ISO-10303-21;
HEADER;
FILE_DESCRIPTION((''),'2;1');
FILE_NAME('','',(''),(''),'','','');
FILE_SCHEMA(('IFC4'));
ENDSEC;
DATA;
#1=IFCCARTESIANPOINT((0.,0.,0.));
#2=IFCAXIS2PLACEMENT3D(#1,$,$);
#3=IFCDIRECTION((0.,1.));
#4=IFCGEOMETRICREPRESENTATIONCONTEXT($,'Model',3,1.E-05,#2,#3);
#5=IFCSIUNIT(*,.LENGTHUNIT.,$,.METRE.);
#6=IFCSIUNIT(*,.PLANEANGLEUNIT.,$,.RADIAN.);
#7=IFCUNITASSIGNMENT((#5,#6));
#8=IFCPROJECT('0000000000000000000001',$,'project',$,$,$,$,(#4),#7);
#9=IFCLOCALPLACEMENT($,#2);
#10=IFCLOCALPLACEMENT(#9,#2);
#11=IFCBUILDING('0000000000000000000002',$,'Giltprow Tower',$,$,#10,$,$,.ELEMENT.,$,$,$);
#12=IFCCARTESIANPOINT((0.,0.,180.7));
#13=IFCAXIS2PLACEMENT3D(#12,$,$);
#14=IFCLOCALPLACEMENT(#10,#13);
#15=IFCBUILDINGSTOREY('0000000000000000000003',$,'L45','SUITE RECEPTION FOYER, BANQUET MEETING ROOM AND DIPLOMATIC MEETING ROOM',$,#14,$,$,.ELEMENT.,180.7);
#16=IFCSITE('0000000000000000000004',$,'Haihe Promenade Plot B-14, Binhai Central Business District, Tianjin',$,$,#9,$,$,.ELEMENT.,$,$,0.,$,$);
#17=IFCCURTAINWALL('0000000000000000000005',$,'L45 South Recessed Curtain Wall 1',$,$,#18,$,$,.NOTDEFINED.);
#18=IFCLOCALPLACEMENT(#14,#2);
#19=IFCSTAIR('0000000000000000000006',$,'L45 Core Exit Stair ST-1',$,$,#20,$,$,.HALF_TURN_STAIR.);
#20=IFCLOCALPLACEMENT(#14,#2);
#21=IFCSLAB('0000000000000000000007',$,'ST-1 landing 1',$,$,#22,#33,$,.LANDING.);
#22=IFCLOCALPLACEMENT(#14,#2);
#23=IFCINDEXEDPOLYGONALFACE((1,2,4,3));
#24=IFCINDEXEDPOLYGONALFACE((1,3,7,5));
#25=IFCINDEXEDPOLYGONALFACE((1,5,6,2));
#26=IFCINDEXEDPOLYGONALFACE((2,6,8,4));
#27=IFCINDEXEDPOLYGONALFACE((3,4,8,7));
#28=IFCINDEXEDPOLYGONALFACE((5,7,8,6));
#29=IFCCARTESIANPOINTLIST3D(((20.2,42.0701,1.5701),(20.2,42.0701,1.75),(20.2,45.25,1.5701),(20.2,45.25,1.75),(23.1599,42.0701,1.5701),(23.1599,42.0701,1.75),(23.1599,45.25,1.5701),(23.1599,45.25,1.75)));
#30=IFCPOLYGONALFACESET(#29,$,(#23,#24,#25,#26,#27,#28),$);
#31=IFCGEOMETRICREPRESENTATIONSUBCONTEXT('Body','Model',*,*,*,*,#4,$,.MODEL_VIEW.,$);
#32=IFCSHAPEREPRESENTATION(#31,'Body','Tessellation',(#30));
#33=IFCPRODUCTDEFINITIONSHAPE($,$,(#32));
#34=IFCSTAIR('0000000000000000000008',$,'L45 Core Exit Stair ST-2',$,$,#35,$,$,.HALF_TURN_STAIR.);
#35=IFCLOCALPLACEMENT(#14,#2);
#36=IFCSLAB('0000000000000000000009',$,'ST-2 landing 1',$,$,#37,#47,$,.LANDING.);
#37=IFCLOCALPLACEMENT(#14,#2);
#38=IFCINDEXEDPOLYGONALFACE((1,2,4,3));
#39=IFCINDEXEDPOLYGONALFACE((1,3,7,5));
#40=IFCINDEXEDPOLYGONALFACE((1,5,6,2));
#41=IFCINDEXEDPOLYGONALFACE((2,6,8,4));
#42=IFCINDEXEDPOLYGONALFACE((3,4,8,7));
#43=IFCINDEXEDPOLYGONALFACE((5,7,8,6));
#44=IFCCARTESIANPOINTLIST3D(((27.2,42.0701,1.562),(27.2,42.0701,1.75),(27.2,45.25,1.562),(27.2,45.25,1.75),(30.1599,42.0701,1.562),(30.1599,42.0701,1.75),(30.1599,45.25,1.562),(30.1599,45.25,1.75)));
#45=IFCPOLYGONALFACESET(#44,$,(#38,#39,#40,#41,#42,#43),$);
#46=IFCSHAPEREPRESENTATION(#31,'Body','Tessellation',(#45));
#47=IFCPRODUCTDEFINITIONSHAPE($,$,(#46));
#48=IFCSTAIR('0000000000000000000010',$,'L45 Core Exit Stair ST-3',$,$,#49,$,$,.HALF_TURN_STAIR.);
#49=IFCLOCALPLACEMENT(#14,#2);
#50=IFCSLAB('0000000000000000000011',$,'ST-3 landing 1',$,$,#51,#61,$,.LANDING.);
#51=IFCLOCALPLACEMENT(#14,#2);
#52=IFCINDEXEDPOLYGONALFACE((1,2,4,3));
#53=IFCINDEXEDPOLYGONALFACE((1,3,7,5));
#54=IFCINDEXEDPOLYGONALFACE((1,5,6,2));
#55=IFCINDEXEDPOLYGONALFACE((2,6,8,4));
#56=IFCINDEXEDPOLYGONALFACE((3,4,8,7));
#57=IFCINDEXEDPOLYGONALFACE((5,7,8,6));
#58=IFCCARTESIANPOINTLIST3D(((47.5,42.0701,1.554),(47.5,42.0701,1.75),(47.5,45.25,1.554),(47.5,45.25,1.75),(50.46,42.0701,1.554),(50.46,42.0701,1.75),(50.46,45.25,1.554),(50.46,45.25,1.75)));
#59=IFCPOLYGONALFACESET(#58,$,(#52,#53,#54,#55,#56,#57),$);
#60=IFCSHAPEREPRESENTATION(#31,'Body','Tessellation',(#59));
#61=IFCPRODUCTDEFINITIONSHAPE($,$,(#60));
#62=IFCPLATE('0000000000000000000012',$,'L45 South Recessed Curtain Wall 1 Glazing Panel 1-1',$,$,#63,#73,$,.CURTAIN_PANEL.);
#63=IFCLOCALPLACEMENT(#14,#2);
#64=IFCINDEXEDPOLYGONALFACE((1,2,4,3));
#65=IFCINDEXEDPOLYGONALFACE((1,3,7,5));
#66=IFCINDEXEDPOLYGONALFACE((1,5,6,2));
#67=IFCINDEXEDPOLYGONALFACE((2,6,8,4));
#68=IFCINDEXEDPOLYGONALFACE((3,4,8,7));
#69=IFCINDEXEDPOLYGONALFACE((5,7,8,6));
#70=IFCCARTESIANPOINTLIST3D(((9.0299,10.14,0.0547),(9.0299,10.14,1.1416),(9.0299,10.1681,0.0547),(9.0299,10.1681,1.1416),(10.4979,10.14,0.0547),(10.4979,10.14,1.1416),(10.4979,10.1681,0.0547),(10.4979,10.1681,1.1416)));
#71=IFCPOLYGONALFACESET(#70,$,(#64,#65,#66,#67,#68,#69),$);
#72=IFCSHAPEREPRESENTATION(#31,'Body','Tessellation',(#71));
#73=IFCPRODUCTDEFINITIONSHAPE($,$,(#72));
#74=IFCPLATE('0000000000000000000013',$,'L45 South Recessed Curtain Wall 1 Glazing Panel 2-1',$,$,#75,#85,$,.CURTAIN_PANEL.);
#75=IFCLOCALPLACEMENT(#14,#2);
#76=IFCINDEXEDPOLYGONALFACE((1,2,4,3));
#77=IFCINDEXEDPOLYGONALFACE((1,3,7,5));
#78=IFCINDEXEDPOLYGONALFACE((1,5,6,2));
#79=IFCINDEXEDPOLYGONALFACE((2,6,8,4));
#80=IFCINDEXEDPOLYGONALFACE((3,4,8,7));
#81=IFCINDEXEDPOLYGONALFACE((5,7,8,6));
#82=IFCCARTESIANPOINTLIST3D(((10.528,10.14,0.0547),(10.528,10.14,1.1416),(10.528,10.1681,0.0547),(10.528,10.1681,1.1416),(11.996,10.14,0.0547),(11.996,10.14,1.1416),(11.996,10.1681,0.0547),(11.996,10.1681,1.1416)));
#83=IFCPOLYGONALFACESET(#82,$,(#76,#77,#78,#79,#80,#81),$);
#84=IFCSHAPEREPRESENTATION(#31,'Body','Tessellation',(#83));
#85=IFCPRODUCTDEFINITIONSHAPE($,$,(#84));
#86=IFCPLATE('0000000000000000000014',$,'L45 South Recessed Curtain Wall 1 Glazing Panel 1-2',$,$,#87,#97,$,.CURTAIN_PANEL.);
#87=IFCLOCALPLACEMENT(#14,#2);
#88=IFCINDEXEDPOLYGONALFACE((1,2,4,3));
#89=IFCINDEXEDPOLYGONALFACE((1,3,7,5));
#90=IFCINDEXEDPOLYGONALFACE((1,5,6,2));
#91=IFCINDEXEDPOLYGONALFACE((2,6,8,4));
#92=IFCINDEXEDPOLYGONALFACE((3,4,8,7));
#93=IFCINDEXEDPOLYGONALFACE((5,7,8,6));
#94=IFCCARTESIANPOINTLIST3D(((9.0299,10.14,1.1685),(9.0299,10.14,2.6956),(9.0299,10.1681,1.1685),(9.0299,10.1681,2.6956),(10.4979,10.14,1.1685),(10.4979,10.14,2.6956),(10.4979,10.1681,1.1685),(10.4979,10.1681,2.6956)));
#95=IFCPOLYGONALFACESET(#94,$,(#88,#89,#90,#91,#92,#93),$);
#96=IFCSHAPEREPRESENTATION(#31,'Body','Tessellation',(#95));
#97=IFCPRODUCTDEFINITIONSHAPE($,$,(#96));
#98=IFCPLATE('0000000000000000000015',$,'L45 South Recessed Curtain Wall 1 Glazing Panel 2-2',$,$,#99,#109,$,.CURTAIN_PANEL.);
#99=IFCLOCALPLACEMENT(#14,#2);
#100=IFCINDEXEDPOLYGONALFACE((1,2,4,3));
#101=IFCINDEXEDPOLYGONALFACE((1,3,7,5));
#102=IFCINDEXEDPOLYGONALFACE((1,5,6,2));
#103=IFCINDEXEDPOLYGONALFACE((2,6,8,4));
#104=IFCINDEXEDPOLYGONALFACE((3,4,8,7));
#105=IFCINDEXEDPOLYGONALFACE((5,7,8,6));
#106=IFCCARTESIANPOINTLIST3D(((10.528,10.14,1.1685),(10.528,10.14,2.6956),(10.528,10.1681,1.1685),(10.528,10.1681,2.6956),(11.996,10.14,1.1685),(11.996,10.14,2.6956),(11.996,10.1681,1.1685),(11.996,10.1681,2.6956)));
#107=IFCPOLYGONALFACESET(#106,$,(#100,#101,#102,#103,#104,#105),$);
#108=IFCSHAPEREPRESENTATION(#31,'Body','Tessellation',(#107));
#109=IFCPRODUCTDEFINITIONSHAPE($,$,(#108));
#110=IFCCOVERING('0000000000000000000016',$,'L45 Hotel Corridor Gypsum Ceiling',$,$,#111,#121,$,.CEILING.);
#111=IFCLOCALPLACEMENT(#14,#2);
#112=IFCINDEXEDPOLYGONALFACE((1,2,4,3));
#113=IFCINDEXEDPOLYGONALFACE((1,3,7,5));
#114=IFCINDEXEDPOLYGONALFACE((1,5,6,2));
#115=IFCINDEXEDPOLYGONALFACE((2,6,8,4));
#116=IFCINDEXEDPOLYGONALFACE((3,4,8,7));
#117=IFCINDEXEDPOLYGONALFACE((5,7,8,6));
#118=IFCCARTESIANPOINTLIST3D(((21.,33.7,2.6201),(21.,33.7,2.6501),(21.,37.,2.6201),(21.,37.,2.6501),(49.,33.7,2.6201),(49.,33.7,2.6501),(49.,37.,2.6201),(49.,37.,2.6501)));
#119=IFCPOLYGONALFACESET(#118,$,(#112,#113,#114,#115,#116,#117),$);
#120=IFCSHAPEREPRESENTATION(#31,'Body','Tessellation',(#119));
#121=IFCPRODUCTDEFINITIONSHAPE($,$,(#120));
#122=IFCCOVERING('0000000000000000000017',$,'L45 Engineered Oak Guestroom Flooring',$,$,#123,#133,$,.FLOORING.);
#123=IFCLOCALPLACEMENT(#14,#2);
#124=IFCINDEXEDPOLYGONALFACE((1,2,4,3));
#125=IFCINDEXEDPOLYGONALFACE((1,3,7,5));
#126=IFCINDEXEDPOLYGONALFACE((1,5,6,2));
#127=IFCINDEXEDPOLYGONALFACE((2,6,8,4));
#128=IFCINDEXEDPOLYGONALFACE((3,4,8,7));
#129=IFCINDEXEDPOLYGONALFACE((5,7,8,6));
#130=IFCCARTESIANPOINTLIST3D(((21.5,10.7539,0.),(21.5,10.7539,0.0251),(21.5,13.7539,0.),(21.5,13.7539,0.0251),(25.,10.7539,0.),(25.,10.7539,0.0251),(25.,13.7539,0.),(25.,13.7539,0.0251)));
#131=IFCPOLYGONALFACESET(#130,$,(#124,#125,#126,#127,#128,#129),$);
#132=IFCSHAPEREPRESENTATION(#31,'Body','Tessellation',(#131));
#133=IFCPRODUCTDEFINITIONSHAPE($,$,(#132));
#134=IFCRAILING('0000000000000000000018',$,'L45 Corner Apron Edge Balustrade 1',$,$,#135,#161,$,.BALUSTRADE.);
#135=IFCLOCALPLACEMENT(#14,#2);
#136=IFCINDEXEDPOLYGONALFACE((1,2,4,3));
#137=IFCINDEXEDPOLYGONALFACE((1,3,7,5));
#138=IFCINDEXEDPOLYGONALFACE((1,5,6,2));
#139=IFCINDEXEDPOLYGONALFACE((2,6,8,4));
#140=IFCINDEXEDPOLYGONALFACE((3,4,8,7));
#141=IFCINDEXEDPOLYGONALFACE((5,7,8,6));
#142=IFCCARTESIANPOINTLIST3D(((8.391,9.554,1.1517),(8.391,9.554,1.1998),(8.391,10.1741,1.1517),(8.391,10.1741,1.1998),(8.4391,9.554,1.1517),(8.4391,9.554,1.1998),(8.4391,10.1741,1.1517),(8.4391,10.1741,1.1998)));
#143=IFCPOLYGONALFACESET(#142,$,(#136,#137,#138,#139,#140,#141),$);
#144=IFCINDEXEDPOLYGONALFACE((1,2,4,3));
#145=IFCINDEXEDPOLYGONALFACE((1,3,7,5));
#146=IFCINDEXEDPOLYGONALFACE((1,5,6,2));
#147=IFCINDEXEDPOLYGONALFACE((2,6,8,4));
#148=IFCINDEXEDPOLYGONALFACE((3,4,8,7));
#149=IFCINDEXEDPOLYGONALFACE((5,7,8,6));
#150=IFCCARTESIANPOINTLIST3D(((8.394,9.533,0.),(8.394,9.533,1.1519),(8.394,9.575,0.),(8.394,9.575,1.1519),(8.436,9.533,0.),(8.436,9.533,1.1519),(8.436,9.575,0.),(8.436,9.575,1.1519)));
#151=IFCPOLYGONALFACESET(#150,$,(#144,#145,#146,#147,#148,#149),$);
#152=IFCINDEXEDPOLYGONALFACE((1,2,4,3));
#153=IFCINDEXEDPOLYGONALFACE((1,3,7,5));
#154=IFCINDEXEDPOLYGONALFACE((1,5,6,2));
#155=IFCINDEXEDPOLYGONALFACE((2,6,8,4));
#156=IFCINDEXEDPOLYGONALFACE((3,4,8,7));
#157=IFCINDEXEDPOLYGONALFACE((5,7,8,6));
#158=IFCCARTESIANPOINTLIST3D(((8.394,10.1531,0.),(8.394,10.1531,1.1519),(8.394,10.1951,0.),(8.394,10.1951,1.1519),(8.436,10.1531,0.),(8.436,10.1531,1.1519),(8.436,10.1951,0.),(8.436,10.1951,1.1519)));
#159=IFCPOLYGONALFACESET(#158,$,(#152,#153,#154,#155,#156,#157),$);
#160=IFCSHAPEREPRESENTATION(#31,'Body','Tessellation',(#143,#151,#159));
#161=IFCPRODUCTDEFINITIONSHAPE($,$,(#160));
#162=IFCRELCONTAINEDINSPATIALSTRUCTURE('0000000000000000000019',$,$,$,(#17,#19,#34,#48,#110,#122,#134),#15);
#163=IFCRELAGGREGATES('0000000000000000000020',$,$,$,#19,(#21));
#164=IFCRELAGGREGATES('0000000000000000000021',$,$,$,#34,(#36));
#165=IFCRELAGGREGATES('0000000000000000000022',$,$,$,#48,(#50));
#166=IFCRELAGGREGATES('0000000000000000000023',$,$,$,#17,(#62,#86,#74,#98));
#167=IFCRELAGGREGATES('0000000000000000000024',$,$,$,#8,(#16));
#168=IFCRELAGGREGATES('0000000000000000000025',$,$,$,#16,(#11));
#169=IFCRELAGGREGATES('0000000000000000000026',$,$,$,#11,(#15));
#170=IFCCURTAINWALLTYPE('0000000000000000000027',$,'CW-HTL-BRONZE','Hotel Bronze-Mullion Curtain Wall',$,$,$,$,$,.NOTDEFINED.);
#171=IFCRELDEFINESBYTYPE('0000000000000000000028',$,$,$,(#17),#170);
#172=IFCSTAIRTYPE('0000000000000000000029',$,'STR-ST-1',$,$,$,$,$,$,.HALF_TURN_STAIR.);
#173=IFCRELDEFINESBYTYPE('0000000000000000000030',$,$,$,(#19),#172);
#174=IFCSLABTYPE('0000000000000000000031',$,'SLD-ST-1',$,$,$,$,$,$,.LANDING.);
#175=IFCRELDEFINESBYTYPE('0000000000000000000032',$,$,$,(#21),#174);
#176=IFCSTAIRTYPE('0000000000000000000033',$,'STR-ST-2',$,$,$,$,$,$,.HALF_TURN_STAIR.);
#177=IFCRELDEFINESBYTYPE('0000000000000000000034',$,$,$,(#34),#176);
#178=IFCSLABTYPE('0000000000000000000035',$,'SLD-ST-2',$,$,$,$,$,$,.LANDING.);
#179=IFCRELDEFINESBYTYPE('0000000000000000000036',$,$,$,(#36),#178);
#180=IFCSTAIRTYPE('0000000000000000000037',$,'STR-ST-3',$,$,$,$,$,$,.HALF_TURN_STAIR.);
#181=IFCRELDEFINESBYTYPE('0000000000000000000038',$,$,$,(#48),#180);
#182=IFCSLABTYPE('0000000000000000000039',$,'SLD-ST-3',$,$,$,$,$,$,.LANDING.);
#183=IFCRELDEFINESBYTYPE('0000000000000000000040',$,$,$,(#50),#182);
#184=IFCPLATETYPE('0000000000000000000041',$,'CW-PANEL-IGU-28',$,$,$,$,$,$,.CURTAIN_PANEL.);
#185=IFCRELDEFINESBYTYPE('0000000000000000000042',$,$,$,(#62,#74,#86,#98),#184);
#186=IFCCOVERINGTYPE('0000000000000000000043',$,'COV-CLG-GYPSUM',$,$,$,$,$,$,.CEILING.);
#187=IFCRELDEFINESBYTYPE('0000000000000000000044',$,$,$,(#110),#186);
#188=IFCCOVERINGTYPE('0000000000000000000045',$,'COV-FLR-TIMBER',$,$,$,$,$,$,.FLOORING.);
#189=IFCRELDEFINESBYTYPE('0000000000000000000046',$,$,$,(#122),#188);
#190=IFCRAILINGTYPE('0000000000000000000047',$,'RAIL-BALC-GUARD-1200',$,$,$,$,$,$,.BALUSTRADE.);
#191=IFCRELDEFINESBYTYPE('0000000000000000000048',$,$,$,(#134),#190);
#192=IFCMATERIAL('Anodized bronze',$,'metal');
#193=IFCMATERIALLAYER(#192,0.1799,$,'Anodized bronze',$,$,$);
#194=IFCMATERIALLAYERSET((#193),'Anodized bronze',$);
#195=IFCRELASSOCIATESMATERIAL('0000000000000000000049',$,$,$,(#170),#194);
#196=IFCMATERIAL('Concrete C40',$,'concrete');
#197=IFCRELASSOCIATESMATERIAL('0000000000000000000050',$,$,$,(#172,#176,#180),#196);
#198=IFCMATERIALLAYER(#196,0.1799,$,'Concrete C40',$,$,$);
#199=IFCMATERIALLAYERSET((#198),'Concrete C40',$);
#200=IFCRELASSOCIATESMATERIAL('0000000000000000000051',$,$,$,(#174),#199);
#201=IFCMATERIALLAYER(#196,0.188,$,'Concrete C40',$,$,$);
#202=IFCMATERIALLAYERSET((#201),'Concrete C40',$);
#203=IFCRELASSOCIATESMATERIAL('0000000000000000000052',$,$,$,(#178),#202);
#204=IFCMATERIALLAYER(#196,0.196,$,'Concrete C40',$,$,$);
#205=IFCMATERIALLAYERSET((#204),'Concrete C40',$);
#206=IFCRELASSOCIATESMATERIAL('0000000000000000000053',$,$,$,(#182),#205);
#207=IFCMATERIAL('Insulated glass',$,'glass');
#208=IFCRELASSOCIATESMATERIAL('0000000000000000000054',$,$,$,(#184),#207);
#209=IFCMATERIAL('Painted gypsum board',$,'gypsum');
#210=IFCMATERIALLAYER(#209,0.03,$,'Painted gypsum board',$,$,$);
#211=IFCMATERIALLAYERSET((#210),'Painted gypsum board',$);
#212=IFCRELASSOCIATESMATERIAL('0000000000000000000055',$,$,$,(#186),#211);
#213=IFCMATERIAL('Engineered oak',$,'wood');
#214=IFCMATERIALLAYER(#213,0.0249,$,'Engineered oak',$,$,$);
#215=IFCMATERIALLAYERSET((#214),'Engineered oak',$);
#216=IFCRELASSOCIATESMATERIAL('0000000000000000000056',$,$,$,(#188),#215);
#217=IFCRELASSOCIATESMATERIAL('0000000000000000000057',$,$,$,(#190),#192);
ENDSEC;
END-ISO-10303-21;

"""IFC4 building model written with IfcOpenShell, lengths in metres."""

from ifc_helpers import new_model, si_unit, direction, frame, origin, origin_2d, place, context, subcontext, project, spatial, polyline, rectangle, outline, extrude, source, transform, mapped, material, layer, layer_set, type_object, element, aggregate, save


model = new_model("IFC4")

# Units and contexts
model_context = context("Model", 3, precision=1e-05, world=origin(), true_north=direction((0.0, 1.0)))
body_context = subcontext(model_context, "Body", "Model", "MODEL_VIEW")
ifc_project = project(units=[si_unit("LENGTHUNIT", "METRE"), si_unit("PLANEANGLEUNIT", "RADIAN")], contexts=[model_context])

# Site, building, storey
site_placement = place(None, origin())
site = spatial("IfcSite", under=ifc_project, at=site_placement, Name="Haihe Promenade Plot B-14, Binhai Central Business District, Tianjin", CompositionType="ELEMENT", RefElevation=0.0)
building_placement = place(site_placement, origin())
building = spatial("IfcBuilding", under=site, at=building_placement, Name="Giltprow Tower", CompositionType="ELEMENT")
storey_placement = place(building_placement, frame((0.0, 0.0, 180.7)))
storey = spatial("IfcBuildingStorey", under=building, at=storey_placement, Name="L45", Description="SUITE RECEPTION FOYER, BANQUET MEETING ROOM AND DIPLOMATIC MEETING ROOM", CompositionType="ELEMENT", Elevation=180.7)

# Curtain wall
ifc_material_1 = material(Name="Anodized bronze", Category="metal")
ifc_layer_1 = layer(ifc_material_1, 0.1799, Name="Anodized bronze")
ifc_layer_set_1 = layer_set([ifc_layer_1], Name="Anodized bronze")
curtain_wall_type = type_object("IfcCurtainWallType", Name="CW-HTL-BRONZE", Description="Hotel Bronze-Mullion Curtain Wall", PredefinedType="NOTDEFINED", material=ifc_layer_set_1)
curtain_wall_placement = place(storey_placement, origin())
curtain_wall = element("IfcCurtainWall", 1, at=curtain_wall_placement, inside=storey, type_object=curtain_wall_type, Name="L45 South Recessed Curtain Wall 1", PredefinedType="NOTDEFINED")

# Shared definitions
ifc_material_2 = material(Name="Concrete C40", Category="concrete")

# Stairs, slabs
stair_type_1 = type_object("IfcStairType", Name="STR-ST-1", PredefinedType="HALF_TURN_STAIR", material=ifc_material_2)
stair_1_placement = place(storey_placement, origin())
stair_1 = element("IfcStair", 2, at=stair_1_placement, inside=storey, type_object=stair_type_1, Name="L45 Core Exit Stair ST-1", PredefinedType="HALF_TURN_STAIR")
ifc_layer_2 = layer(ifc_material_2, 0.1799, Name="Concrete C40")
ifc_layer_set_2 = layer_set([ifc_layer_2], Name="Concrete C40")
slab_type_1 = type_object("IfcSlabType", Name="SLD-ST-1", PredefinedType="LANDING", material=ifc_layer_set_2)
slab_1_placement = place(storey_placement, frame((0.0, 0.0, 1.5701)))
slab_1 = element("IfcSlab", 3, at=slab_1_placement, type_object=slab_type_1, Name="ST-1 landing 1", PredefinedType="LANDING", context=body_context, shape_type="SweptSolid", body=[
    extrude(outline(polyline([(23.1599, 42.0701), (23.1599, 45.25), (20.2, 45.25), (20.2, 42.0701), (23.1599, 42.0701)])), origin(), (0.0, 0.0, 1.0), 0.1799),
])
aggregate(stair_1, [slab_1])
stair_type_2 = type_object("IfcStairType", Name="STR-ST-2", PredefinedType="HALF_TURN_STAIR", material=ifc_material_2)
stair_2_placement = place(storey_placement, origin())
stair_2 = element("IfcStair", 4, at=stair_2_placement, inside=storey, type_object=stair_type_2, Name="L45 Core Exit Stair ST-2", PredefinedType="HALF_TURN_STAIR")
ifc_layer_3 = layer(ifc_material_2, 0.188, Name="Concrete C40")
ifc_layer_set_3 = layer_set([ifc_layer_3], Name="Concrete C40")
slab_type_2 = type_object("IfcSlabType", Name="SLD-ST-2", PredefinedType="LANDING", material=ifc_layer_set_3)
slab_2_placement = place(storey_placement, frame((0.0, 0.0, 1.562)))
slab_2 = element("IfcSlab", 5, at=slab_2_placement, type_object=slab_type_2, Name="ST-2 landing 1", PredefinedType="LANDING", context=body_context, shape_type="SweptSolid", body=[
    extrude(outline(polyline([(30.1599, 42.0701), (30.1599, 45.25), (27.2, 45.25), (27.2, 42.0701), (30.1599, 42.0701)])), origin(), (0.0, 0.0, 1.0), 0.188),
])
aggregate(stair_2, [slab_2])
stair_type_3 = type_object("IfcStairType", Name="STR-ST-3", PredefinedType="HALF_TURN_STAIR", material=ifc_material_2)
stair_3_placement = place(storey_placement, origin())
stair_3 = element("IfcStair", 6, at=stair_3_placement, inside=storey, type_object=stair_type_3, Name="L45 Core Exit Stair ST-3", PredefinedType="HALF_TURN_STAIR")
ifc_layer_4 = layer(ifc_material_2, 0.196, Name="Concrete C40")
ifc_layer_set_4 = layer_set([ifc_layer_4], Name="Concrete C40")
slab_type_3 = type_object("IfcSlabType", Name="SLD-ST-3", PredefinedType="LANDING", material=ifc_layer_set_4)
slab_3_placement = place(storey_placement, frame((0.0, 0.0, 1.554)))
slab_3 = element("IfcSlab", 7, at=slab_3_placement, type_object=slab_type_3, Name="ST-3 landing 1", PredefinedType="LANDING", context=body_context, shape_type="SweptSolid", body=[
    extrude(outline(polyline([(50.46, 42.0701), (50.46, 45.25), (47.5, 45.25), (47.5, 42.0701), (50.46, 42.0701)])), origin(), (0.0, 0.0, 1.0), 0.196),
])
aggregate(stair_3, [slab_3])

# Plates
ifc_material_3 = material(Name="Insulated glass", Category="glass")
plate_type = type_object("IfcPlateType", Name="CW-PANEL-IGU-28", PredefinedType="CURTAIN_PANEL", material=ifc_material_3)
shared_shape_1 = source(origin(), body_context, "Body", "SweptSolid", [
    extrude(rectangle(XDim=1.468, YDim=0.0281, at=origin_2d()), origin(), (0.0, 0.0, 1.0), 1.0869),
])
plate_1_placement = place(storey_placement, frame((9.7639, 10.1541, 0.0547), z_axis=(0.0, 0.0, 1.0), x_axis=(1.0, 0.0, 0.0)))
plate_1 = element("IfcPlate", 8, at=plate_1_placement, type_object=plate_type, Name="L45 South Recessed Curtain Wall 1 Glazing Panel 1-1", PredefinedType="CURTAIN_PANEL", context=body_context, shape_type="MappedRepresentation", body=[
    mapped(shared_shape_1, transform((0.0, 0.0, 0.0), x_axis=(1.0, 0.0, 0.0), y_axis=(0.0, 1.0, 0.0), z_axis=(0.0, 0.0, 1.0), scale=1.0)),
])
plate_2_placement = place(storey_placement, frame((11.262, 10.1541, 0.0547), z_axis=(0.0, 0.0, 1.0), x_axis=(1.0, 0.0, 0.0)))
plate_2 = element("IfcPlate", 9, at=plate_2_placement, type_object=plate_type, Name="L45 South Recessed Curtain Wall 1 Glazing Panel 2-1", PredefinedType="CURTAIN_PANEL", context=body_context, shape_type="MappedRepresentation", body=[
    mapped(shared_shape_1, transform((0.0, 0.0, 0.0), x_axis=(1.0, 0.0, 0.0), y_axis=(0.0, 1.0, 0.0), z_axis=(0.0, 0.0, 1.0), scale=1.0)),
])
shared_shape_2 = source(origin(), body_context, "Body", "SweptSolid", [
    extrude(rectangle(XDim=1.468, YDim=0.0281, at=origin_2d()), origin(), (0.0, 0.0, 1.0), 1.5271),
])
plate_3_placement = place(storey_placement, frame((9.7639, 10.1541, 1.1685), z_axis=(0.0, 0.0, 1.0), x_axis=(1.0, 0.0, 0.0)))
plate_3 = element("IfcPlate", 10, at=plate_3_placement, type_object=plate_type, Name="L45 South Recessed Curtain Wall 1 Glazing Panel 1-2", PredefinedType="CURTAIN_PANEL", context=body_context, shape_type="MappedRepresentation", body=[
    mapped(shared_shape_2, transform((0.0, 0.0, 0.0), x_axis=(1.0, 0.0, 0.0), y_axis=(0.0, 1.0, 0.0), z_axis=(0.0, 0.0, 1.0), scale=1.0)),
])
plate_4_placement = place(storey_placement, frame((11.262, 10.1541, 1.1685), z_axis=(0.0, 0.0, 1.0), x_axis=(1.0, 0.0, 0.0)))
plate_4 = element("IfcPlate", 11, at=plate_4_placement, type_object=plate_type, Name="L45 South Recessed Curtain Wall 1 Glazing Panel 2-2", PredefinedType="CURTAIN_PANEL", context=body_context, shape_type="MappedRepresentation", body=[
    mapped(shared_shape_2, transform((0.0, 0.0, 0.0), x_axis=(1.0, 0.0, 0.0), y_axis=(0.0, 1.0, 0.0), z_axis=(0.0, 0.0, 1.0), scale=1.0)),
])
aggregate(curtain_wall, [plate_1, plate_3, plate_2, plate_4])

# Coverings
ifc_material_4 = material(Name="Painted gypsum board", Category="gypsum")
ifc_layer_5 = layer(ifc_material_4, 0.03, Name="Painted gypsum board")
ifc_layer_set_5 = layer_set([ifc_layer_5], Name="Painted gypsum board")
covering_type_1 = type_object("IfcCoveringType", Name="COV-CLG-GYPSUM", PredefinedType="CEILING", material=ifc_layer_set_5)
covering_1_placement = place(storey_placement, frame((0.0, 0.0, 2.6201)))
element("IfcCovering", 12, at=covering_1_placement, inside=storey, type_object=covering_type_1, Name="L45 Hotel Corridor Gypsum Ceiling", PredefinedType="CEILING", context=body_context, shape_type="SweptSolid", body=[
    extrude(outline(polyline([(21.0, 33.7), (49.0, 33.7), (49.0, 37.0), (21.0, 37.0), (21.0, 33.7)])), origin(), (0.0, 0.0, 1.0), 0.03),
])
ifc_material_5 = material(Name="Engineered oak", Category="wood")
ifc_layer_6 = layer(ifc_material_5, 0.0249, Name="Engineered oak")
ifc_layer_set_6 = layer_set([ifc_layer_6], Name="Engineered oak")
covering_type_2 = type_object("IfcCoveringType", Name="COV-FLR-TIMBER", PredefinedType="FLOORING", material=ifc_layer_set_6)
covering_2_placement = place(storey_placement, origin())
element("IfcCovering", 13, at=covering_2_placement, inside=storey, type_object=covering_type_2, Name="L45 Engineered Oak Guestroom Flooring", PredefinedType="FLOORING", context=body_context, shape_type="SweptSolid", body=[
    extrude(outline(polyline([(21.5, 10.7539), (25.0, 10.7539), (25.0, 13.7539), (21.5, 13.7539), (21.5, 10.7539)])), origin(), (0.0, 0.0, 1.0), 0.0251),
])

# Railing
railing_type = type_object("IfcRailingType", Name="RAIL-BALC-GUARD-1200", PredefinedType="BALUSTRADE", material=ifc_material_1)
railing_placement = place(storey_placement, frame((8.415, 9.554, 0.0)))
element("IfcRailing", 14, at=railing_placement, inside=storey, type_object=railing_type, Name="L45 Corner Apron Edge Balustrade 1", PredefinedType="BALUSTRADE", context=body_context, shape_type="SweptSolid", body=[
    extrude(rectangle(XDim=0.0481, YDim=0.0481, at=origin_2d()), frame((0.0, 0.0, 1.1758), z_axis=(0.0, 1.0, 0.0), x_axis=(-1.0, 0.0, 0.0)), (0.0, 0.0, 1.0), 0.6201),
    extrude(rectangle(XDim=0.042, YDim=0.042, at=origin_2d()), origin(), (0.0, 0.0, 1.0), 1.1519),
    extrude(rectangle(XDim=0.042, YDim=0.042, at=origin_2d()), frame((0.0, 0.6201, 0.0)), (0.0, 0.0, 1.0), 1.1519),
])

save(model, "model.ifc")
